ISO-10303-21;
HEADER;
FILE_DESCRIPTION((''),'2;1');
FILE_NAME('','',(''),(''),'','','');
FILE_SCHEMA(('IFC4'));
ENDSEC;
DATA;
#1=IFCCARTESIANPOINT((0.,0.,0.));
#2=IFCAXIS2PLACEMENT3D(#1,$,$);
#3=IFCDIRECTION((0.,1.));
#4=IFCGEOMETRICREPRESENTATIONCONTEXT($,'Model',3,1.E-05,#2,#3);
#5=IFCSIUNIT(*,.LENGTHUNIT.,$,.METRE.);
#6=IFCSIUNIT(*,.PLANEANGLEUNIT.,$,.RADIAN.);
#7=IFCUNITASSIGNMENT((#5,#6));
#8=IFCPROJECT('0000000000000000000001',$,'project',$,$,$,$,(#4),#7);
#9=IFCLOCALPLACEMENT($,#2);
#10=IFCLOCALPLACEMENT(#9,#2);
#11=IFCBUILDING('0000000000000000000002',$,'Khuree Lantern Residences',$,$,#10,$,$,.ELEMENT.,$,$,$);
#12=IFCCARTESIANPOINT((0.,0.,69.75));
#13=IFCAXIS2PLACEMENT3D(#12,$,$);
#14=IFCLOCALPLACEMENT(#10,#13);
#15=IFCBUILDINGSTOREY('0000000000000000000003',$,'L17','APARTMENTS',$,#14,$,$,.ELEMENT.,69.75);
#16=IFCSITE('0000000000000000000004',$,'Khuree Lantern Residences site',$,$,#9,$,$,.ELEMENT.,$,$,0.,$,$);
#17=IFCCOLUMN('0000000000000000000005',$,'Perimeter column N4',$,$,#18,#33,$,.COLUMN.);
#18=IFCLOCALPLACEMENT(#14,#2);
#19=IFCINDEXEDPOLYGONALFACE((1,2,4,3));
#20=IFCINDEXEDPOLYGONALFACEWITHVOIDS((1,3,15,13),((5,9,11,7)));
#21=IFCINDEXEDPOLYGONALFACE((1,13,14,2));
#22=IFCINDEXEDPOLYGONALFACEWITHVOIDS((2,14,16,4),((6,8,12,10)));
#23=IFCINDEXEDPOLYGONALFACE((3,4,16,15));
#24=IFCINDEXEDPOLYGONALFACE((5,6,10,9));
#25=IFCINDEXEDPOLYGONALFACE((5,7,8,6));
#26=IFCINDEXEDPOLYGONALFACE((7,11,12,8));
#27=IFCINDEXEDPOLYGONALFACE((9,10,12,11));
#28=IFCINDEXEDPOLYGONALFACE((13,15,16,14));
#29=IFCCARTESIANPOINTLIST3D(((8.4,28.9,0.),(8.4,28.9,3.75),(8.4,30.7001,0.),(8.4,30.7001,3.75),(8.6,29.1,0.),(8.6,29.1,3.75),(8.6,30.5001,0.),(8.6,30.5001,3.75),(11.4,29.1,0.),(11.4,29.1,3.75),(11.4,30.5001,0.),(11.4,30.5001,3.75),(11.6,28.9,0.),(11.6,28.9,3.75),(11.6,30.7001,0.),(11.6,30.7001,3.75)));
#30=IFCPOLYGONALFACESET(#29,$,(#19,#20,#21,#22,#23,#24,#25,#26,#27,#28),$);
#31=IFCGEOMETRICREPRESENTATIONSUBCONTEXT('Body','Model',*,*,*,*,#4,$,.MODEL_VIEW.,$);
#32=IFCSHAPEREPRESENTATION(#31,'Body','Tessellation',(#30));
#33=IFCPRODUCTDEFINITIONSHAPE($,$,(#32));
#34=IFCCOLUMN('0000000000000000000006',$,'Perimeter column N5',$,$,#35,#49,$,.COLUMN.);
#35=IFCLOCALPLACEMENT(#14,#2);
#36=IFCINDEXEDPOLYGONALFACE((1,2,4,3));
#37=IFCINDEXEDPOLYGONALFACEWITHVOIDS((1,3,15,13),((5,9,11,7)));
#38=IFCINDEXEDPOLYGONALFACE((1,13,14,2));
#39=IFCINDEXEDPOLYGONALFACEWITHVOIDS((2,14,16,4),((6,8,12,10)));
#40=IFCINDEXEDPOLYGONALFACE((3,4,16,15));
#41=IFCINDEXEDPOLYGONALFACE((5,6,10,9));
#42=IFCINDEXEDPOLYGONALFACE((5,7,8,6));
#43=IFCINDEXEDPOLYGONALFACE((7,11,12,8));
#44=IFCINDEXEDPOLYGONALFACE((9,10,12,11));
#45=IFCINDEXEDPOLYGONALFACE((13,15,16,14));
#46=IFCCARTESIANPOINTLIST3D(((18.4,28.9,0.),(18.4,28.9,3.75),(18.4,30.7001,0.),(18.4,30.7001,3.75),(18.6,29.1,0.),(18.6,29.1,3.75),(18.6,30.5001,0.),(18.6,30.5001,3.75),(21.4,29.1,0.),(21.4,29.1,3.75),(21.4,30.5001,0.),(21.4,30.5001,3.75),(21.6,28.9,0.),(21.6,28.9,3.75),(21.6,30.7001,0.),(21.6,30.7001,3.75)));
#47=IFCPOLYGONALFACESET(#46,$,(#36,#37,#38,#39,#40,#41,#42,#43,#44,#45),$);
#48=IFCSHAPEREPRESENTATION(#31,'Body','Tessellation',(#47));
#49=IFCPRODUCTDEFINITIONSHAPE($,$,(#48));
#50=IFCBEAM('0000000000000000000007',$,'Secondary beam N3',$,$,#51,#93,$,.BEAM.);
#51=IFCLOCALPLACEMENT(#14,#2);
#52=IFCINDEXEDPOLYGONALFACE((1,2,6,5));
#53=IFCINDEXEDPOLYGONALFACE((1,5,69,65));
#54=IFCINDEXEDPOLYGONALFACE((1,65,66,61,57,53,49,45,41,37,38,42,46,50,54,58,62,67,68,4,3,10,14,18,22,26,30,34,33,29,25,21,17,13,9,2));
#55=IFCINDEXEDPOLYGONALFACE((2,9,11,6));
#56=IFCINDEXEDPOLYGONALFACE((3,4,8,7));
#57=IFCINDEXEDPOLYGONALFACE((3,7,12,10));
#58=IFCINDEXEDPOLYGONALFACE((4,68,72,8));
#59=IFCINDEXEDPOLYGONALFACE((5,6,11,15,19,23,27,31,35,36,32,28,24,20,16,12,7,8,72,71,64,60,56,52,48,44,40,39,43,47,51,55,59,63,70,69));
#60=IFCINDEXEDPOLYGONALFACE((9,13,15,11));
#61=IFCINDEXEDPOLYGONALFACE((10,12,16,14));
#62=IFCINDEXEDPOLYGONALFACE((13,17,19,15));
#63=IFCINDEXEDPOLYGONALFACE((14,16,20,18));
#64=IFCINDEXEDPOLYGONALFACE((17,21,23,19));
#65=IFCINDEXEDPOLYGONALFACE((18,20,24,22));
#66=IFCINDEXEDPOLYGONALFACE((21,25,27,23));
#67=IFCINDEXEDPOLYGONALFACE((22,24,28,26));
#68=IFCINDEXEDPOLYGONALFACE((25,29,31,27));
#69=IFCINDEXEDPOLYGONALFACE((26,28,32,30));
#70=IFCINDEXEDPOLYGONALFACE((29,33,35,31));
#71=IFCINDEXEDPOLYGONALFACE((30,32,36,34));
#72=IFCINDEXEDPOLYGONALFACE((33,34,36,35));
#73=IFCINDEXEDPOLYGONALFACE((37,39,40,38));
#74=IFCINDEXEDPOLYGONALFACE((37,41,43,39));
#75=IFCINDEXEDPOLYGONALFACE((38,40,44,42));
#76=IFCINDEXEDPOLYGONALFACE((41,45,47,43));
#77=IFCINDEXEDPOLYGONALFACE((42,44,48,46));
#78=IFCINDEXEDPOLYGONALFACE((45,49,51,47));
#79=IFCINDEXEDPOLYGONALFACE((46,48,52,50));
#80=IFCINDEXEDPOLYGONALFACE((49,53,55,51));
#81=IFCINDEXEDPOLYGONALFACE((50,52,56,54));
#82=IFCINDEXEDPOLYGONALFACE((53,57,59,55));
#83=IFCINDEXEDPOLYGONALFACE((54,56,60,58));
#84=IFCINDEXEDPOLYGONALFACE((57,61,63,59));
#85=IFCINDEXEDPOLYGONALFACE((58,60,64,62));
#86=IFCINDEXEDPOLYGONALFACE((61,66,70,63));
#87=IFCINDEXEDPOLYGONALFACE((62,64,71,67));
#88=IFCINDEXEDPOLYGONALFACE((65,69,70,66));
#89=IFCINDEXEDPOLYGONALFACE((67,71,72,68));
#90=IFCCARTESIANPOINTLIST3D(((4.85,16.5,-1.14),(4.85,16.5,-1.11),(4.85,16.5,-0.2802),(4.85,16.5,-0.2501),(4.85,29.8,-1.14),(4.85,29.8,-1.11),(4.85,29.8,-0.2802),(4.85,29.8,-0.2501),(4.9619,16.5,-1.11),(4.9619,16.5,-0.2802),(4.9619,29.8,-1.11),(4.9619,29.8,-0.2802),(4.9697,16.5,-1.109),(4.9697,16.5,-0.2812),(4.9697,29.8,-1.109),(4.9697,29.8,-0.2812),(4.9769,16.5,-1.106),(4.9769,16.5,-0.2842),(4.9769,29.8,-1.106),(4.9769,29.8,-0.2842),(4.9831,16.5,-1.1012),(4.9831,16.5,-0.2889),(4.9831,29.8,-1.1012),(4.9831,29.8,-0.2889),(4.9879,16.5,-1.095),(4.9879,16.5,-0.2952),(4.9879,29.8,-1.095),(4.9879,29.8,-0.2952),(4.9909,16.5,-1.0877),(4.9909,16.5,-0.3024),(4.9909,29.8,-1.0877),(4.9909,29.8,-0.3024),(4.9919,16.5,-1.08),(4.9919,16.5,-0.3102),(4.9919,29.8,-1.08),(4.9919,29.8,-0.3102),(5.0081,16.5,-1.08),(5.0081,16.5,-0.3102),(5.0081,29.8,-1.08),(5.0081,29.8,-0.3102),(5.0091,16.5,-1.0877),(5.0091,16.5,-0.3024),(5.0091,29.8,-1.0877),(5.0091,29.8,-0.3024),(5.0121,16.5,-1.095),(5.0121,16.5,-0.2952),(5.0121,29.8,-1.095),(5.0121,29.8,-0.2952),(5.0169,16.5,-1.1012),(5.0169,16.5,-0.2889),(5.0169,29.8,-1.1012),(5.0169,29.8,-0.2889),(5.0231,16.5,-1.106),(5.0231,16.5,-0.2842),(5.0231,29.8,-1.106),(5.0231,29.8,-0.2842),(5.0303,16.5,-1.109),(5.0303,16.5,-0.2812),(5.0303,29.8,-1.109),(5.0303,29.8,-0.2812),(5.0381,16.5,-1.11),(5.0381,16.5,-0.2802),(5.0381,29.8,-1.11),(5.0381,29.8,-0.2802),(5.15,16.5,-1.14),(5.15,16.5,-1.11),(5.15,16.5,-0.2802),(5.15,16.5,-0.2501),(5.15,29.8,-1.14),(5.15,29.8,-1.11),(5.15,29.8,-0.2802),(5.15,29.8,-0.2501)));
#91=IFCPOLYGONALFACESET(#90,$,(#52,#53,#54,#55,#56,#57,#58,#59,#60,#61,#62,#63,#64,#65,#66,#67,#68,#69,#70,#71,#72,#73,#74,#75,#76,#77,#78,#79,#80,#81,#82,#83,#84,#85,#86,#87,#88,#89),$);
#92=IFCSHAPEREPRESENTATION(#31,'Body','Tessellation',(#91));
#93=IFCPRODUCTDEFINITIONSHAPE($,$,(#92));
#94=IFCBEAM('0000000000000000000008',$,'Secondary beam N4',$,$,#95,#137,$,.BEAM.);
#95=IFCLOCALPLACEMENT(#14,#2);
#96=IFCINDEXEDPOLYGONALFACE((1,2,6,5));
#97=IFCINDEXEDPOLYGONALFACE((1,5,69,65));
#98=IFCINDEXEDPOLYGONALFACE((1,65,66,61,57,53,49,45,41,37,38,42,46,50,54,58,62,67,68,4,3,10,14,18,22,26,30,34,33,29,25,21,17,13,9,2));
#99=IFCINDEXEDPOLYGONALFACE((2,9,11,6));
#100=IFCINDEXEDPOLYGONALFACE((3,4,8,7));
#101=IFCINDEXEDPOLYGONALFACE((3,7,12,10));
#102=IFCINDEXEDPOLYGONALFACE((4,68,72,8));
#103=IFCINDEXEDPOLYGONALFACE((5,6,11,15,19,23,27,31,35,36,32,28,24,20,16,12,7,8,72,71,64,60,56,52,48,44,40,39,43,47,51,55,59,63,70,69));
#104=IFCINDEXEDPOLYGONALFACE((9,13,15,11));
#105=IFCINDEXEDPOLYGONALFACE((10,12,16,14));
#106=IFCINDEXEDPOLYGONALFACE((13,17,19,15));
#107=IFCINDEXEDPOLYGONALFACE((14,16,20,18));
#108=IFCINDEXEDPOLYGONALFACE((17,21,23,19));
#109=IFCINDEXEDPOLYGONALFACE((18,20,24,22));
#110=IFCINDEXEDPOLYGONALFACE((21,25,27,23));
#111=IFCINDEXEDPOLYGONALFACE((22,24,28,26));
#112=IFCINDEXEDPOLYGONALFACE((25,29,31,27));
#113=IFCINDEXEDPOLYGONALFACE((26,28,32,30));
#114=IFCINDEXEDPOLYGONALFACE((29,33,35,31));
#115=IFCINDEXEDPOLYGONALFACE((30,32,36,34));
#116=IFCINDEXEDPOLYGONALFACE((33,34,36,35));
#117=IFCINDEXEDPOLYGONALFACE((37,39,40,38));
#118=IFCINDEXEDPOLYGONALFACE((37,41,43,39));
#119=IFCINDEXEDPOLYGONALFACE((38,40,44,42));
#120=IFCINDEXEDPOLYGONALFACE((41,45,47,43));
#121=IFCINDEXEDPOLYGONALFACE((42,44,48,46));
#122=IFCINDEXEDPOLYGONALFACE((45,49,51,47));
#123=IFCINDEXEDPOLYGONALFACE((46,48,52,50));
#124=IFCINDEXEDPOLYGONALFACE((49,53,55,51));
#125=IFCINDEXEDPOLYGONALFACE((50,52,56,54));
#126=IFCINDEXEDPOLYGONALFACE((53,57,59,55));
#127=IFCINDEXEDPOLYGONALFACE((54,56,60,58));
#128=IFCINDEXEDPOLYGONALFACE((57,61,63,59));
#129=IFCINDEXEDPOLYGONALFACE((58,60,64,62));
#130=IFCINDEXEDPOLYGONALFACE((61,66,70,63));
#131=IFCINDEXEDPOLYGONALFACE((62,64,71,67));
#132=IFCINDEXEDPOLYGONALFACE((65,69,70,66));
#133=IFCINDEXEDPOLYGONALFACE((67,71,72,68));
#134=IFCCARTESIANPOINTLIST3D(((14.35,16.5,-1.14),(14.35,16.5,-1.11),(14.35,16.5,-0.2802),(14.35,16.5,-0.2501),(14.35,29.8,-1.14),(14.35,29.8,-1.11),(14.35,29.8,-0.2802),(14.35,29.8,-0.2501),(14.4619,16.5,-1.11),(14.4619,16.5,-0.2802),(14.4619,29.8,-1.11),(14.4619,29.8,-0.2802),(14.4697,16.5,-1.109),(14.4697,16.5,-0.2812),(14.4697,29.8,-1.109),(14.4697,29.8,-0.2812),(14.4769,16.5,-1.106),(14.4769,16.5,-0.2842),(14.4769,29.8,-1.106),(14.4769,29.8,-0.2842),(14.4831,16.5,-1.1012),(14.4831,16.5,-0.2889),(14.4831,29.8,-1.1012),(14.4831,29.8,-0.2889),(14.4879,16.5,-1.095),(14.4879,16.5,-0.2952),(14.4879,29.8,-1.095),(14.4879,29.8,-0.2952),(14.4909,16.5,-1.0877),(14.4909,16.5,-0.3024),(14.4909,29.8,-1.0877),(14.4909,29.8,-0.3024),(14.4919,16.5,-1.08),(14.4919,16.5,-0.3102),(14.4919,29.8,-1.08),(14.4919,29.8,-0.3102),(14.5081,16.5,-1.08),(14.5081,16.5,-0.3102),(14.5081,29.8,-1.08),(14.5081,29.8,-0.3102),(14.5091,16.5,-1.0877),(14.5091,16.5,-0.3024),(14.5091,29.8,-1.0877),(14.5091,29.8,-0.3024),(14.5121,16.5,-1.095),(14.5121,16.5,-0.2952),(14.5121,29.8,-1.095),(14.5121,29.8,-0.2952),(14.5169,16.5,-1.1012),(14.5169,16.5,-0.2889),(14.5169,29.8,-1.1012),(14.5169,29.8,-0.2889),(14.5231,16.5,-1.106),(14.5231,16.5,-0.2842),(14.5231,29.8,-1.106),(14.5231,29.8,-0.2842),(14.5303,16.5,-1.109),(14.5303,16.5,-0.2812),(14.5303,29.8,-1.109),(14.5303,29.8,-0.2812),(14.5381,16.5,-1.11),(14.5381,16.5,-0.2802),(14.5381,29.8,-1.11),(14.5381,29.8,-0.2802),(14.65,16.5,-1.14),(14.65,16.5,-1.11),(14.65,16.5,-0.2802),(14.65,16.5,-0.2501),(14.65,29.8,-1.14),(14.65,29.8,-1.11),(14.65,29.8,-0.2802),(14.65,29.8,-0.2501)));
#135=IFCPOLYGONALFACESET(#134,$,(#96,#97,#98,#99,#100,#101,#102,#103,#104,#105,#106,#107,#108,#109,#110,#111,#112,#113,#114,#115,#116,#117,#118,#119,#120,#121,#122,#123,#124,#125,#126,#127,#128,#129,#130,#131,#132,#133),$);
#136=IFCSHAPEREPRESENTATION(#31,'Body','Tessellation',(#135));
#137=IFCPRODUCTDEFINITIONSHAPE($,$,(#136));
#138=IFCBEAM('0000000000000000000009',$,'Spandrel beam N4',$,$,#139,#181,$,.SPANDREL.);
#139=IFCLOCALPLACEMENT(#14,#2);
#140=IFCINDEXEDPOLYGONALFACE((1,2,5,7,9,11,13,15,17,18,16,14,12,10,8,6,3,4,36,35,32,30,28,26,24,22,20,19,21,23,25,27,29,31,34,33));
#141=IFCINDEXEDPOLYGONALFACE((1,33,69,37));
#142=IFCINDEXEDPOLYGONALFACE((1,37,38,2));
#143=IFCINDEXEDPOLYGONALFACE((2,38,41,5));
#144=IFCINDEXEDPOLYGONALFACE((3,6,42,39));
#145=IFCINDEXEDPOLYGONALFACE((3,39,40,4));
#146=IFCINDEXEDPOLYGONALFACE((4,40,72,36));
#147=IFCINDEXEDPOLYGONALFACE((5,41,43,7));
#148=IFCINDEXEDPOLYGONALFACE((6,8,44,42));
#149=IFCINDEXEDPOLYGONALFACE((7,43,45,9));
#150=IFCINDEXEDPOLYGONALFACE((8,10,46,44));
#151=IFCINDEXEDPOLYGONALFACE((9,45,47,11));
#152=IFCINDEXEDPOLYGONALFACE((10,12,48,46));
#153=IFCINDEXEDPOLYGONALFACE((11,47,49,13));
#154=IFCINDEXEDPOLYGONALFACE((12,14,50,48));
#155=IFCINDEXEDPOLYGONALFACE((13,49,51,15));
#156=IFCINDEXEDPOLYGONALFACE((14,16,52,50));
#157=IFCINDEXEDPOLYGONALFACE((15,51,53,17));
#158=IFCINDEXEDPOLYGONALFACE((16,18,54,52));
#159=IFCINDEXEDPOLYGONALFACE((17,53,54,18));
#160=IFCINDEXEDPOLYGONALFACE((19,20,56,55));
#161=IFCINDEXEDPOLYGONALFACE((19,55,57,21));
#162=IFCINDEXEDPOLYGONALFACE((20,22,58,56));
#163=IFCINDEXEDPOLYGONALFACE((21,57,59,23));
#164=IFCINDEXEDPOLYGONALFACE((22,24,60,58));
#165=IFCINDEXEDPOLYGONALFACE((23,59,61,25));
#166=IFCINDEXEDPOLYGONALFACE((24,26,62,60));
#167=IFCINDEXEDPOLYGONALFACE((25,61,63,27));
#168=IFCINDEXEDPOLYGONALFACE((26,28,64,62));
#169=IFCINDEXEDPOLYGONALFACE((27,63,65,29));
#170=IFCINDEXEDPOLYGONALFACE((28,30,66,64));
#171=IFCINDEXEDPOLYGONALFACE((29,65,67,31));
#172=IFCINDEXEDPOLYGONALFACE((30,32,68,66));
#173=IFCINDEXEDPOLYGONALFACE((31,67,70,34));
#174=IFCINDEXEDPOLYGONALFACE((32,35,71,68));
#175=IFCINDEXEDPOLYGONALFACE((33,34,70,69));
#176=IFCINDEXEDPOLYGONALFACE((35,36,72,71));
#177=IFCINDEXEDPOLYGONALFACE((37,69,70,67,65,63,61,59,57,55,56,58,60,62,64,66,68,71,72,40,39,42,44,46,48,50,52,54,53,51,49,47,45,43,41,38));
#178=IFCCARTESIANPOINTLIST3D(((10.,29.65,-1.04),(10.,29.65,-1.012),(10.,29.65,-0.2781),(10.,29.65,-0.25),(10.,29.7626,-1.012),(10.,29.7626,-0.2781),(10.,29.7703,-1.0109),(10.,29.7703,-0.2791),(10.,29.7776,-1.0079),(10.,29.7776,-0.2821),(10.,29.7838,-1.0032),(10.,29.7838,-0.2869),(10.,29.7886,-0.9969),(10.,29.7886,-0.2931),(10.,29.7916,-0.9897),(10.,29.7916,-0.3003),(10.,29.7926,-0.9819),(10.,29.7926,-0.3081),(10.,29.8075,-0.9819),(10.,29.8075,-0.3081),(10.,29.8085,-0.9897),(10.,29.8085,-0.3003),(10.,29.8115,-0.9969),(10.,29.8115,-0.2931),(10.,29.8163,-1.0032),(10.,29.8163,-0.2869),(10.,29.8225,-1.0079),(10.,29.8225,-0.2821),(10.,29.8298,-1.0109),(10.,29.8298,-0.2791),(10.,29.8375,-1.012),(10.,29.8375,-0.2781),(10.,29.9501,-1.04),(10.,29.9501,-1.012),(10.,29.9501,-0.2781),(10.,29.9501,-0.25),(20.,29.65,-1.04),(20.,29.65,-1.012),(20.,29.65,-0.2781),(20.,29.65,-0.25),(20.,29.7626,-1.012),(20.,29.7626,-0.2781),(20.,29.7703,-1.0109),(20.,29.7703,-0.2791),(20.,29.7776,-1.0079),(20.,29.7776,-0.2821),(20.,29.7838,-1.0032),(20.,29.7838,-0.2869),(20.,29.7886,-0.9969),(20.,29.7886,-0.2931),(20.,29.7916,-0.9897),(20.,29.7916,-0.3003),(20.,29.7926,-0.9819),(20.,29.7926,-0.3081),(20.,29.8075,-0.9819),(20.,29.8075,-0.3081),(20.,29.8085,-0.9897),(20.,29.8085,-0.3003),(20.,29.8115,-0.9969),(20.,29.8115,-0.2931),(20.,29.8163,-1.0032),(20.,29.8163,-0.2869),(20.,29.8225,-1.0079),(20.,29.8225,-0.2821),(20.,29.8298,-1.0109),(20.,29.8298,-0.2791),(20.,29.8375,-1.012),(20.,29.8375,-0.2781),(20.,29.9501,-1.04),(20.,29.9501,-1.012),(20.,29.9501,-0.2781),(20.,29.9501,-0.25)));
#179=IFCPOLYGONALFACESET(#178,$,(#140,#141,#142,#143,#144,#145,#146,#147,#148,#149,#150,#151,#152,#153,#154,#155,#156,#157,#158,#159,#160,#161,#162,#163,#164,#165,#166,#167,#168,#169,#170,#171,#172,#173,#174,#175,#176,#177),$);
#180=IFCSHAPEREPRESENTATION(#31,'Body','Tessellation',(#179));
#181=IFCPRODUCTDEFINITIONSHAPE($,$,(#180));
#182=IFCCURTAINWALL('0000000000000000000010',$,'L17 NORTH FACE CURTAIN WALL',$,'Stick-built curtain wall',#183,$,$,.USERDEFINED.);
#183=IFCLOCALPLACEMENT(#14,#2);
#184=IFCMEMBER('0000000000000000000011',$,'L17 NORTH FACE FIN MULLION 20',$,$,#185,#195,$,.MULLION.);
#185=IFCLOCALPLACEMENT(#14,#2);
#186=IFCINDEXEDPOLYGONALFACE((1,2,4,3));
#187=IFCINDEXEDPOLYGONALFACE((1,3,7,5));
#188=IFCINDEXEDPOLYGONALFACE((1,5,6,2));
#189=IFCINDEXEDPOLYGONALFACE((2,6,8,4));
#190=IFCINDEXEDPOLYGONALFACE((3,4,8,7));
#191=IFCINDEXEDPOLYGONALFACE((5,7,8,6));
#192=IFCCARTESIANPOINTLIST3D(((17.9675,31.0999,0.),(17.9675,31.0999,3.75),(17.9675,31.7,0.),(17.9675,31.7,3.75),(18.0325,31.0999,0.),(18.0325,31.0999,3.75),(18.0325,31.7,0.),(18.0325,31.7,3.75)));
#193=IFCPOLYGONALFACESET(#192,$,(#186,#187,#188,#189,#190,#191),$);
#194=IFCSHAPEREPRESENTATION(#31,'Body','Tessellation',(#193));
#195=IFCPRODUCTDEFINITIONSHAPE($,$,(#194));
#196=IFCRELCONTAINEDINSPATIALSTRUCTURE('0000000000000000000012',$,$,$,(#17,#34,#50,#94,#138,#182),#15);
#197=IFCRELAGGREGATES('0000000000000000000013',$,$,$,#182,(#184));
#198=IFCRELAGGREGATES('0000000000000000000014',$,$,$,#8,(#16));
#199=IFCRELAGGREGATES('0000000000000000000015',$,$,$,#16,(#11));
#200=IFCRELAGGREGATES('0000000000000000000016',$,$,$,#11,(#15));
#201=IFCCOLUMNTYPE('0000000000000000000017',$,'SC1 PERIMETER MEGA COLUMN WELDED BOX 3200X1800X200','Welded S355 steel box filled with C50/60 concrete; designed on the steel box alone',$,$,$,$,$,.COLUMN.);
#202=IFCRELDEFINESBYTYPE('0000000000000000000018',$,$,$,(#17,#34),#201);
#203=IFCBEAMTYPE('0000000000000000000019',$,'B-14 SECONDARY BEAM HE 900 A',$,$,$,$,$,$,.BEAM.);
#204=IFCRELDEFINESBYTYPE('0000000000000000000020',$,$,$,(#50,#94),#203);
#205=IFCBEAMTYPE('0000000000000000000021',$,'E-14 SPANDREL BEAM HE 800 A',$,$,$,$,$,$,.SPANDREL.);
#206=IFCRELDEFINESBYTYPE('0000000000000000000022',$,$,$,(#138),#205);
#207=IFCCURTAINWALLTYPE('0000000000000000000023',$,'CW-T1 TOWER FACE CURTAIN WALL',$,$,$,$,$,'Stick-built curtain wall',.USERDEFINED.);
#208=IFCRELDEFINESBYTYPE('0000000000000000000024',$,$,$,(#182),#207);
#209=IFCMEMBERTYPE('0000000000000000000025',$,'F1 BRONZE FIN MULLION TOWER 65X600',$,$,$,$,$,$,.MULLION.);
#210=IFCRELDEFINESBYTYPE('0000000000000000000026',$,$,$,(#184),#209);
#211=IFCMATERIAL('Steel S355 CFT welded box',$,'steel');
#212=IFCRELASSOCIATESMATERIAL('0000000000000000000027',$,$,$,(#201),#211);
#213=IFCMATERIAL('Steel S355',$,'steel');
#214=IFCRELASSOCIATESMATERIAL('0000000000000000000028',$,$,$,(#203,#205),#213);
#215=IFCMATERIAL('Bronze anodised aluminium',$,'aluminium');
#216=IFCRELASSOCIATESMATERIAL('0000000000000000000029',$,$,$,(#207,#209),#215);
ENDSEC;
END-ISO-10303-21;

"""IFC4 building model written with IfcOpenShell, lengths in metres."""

from ifc_helpers import new_model, si_unit, direction, frame, origin, origin_2d, place, context, subcontext, project, spatial, rectangle, hollow_rectangle, i_section, extrude, material, material_profile, profile_set, type_object, element, aggregate, save


model = new_model("IFC4")

# Units and contexts
model_context = context("Model", 3, precision=1e-05, world=origin(), true_north=direction((0.0, 1.0)))
body_context = subcontext(model_context, "Body", "Model", "MODEL_VIEW")
ifc_project = project(units=[si_unit("LENGTHUNIT", "METRE"), si_unit("PLANEANGLEUNIT", "RADIAN")], contexts=[model_context])

# Site, building, storey
site_placement = place(None, origin())
site = spatial("IfcSite", under=ifc_project, at=site_placement, Name="Khuree Lantern Residences site", CompositionType="ELEMENT", RefElevation=0.0)
building_placement = place(site_placement, origin())
building = spatial("IfcBuilding", under=site, at=building_placement, Name="Khuree Lantern Residences", CompositionType="ELEMENT")
storey_placement = place(building_placement, frame((0.0, 0.0, 69.75)))
storey = spatial("IfcBuildingStorey", under=building, at=storey_placement, Name="L17", Description="APARTMENTS", CompositionType="ELEMENT", Elevation=69.75)

# Columns
ifc_material_1 = material(Name="Steel S355 CFT welded box", Category="steel")
ifc_material_profile_1 = material_profile(ifc_material_1, hollow_rectangle(XDim=3.2, YDim=1.8, WallThickness=0.2, at=origin_2d()), Name="WELDED BOX 3200X1800X200")
ifc_profile_set_1 = profile_set([ifc_material_profile_1], Name="Steel S355 CFT welded box")
column_type = type_object("IfcColumnType", Name="SC1 PERIMETER MEGA COLUMN WELDED BOX 3200X1800X200", Description="Welded S355 steel box filled with C50/60 concrete; designed on the steel box alone", PredefinedType="COLUMN", material=ifc_profile_set_1)
for number, where, z_axis, x_axis, name in (
    (1, (10.0, 29.8, 0.0), (0.0, 0.0, 1.0), (1.0, 0.0, 0.0), "Perimeter column N4"),
    (2, (20.0, 29.8, 0.0), (0.0, 0.0, 1.0), (1.0, 0.0, 0.0), "Perimeter column N5"),
):
    element("IfcColumn", number, at=place(storey_placement, frame(where, z_axis=z_axis, x_axis=x_axis)), inside=storey, type_object=column_type, Name=name, PredefinedType="COLUMN", context=body_context, shape_type="SweptSolid", body=[
        extrude(hollow_rectangle(XDim=3.2, YDim=1.8, WallThickness=0.2, at=origin_2d()), origin(), (0.0, 0.0, 1.0), 3.75),
    ])

# Beams
ifc_material_2 = material(Name="Steel S355", Category="steel")
ifc_material_profile_2 = material_profile(ifc_material_2, i_section(OverallWidth=0.3, OverallDepth=0.8899, WebThickness=0.0161, FlangeThickness=0.03, FilletRadius=0.03, at=origin_2d()), Name="HE 900 A")
ifc_profile_set_2 = profile_set([ifc_material_profile_2], Name="Steel S355")
beam_type_1 = type_object("IfcBeamType", Name="B-14 SECONDARY BEAM HE 900 A", PredefinedType="BEAM", material=ifc_profile_set_2)
for number, where, z_axis, x_axis, name in (
    (3, (5.0, 29.8, -0.6951), (0.0, -1.0, 0.0), (1.0, 0.0, 0.0), "Secondary beam N3"),
    (4, (14.5, 29.8, -0.6951), (0.0, -1.0, 0.0), (1.0, 0.0, 0.0), "Secondary beam N4"),
):
    element("IfcBeam", number, at=place(storey_placement, frame(where, z_axis=z_axis, x_axis=x_axis)), inside=storey, type_object=beam_type_1, Name=name, PredefinedType="BEAM", context=body_context, shape_type="SweptSolid", body=[
        extrude(i_section(OverallWidth=0.3, OverallDepth=0.8899, WebThickness=0.0161, FlangeThickness=0.03, FilletRadius=0.03, at=origin_2d()), origin(), (0.0, 0.0, 1.0), 13.3),
    ])
ifc_material_profile_3 = material_profile(ifc_material_2, i_section(OverallWidth=0.3, OverallDepth=0.79, WebThickness=0.0149, FlangeThickness=0.0281, FilletRadius=0.03, at=origin_2d()), Name="HE 800 A")
ifc_profile_set_3 = profile_set([ifc_material_profile_3], Name="Steel S355")
beam_type_2 = type_object("IfcBeamType", Name="E-14 SPANDREL BEAM HE 800 A", PredefinedType="SPANDREL", material=ifc_profile_set_3)
beam_1_placement = place(storey_placement, frame((10.0, 29.8, -0.645), z_axis=(1.0, 0.0, 0.0), x_axis=(0.0, 1.0, 0.0)))
element("IfcBeam", 5, at=beam_1_placement, inside=storey, type_object=beam_type_2, Name="Spandrel beam N4", PredefinedType="SPANDREL", context=body_context, shape_type="SweptSolid", body=[
    extrude(i_section(OverallWidth=0.3, OverallDepth=0.79, WebThickness=0.0149, FlangeThickness=0.0281, FilletRadius=0.03, at=origin_2d()), origin(), (0.0, 0.0, 1.0), 10.0),
])

# Curtain wall, member
ifc_material_3 = material(Name="Bronze anodised aluminium", Category="aluminium")
curtain_wall_type = type_object("IfcCurtainWallType", Name="CW-T1 TOWER FACE CURTAIN WALL", ElementType="Stick-built curtain wall", PredefinedType="USERDEFINED", material=ifc_material_3)
curtain_wall_placement = place(storey_placement, origin())
curtain_wall = element("IfcCurtainWall", 6, at=curtain_wall_placement, inside=storey, type_object=curtain_wall_type, Name="L17 NORTH FACE CURTAIN WALL", ObjectType="Stick-built curtain wall", PredefinedType="USERDEFINED")
ifc_material_profile_4 = material_profile(ifc_material_3, rectangle(XDim=0.0649, YDim=0.6001, at=origin_2d()), Name="F1 65X600")
ifc_profile_set_4 = profile_set([ifc_material_profile_4], Name="Bronze anodised aluminium")
member_type_1 = type_object("IfcMemberType", Name="F1 BRONZE FIN MULLION TOWER 65X600", PredefinedType="MULLION", material=ifc_profile_set_4)
member_1_placement = place(storey_placement, frame((18.0, 31.3999, 0.0), z_axis=(0.0, 0.0, 1.0), x_axis=(-1.0, 0.0, 0.0)))
member_1 = element("IfcMember", 7, at=member_1_placement, type_object=member_type_1, Name="L17 NORTH FACE FIN MULLION 20", PredefinedType="MULLION", context=body_context, shape_type="SweptSolid", body=[
    extrude(rectangle(XDim=0.0649, YDim=0.6001, at=origin_2d()), origin(), (0.0, 0.0, 1.0), 3.75),
])

aggregate(curtain_wall, [member_1])

save(model, "model.ifc")
